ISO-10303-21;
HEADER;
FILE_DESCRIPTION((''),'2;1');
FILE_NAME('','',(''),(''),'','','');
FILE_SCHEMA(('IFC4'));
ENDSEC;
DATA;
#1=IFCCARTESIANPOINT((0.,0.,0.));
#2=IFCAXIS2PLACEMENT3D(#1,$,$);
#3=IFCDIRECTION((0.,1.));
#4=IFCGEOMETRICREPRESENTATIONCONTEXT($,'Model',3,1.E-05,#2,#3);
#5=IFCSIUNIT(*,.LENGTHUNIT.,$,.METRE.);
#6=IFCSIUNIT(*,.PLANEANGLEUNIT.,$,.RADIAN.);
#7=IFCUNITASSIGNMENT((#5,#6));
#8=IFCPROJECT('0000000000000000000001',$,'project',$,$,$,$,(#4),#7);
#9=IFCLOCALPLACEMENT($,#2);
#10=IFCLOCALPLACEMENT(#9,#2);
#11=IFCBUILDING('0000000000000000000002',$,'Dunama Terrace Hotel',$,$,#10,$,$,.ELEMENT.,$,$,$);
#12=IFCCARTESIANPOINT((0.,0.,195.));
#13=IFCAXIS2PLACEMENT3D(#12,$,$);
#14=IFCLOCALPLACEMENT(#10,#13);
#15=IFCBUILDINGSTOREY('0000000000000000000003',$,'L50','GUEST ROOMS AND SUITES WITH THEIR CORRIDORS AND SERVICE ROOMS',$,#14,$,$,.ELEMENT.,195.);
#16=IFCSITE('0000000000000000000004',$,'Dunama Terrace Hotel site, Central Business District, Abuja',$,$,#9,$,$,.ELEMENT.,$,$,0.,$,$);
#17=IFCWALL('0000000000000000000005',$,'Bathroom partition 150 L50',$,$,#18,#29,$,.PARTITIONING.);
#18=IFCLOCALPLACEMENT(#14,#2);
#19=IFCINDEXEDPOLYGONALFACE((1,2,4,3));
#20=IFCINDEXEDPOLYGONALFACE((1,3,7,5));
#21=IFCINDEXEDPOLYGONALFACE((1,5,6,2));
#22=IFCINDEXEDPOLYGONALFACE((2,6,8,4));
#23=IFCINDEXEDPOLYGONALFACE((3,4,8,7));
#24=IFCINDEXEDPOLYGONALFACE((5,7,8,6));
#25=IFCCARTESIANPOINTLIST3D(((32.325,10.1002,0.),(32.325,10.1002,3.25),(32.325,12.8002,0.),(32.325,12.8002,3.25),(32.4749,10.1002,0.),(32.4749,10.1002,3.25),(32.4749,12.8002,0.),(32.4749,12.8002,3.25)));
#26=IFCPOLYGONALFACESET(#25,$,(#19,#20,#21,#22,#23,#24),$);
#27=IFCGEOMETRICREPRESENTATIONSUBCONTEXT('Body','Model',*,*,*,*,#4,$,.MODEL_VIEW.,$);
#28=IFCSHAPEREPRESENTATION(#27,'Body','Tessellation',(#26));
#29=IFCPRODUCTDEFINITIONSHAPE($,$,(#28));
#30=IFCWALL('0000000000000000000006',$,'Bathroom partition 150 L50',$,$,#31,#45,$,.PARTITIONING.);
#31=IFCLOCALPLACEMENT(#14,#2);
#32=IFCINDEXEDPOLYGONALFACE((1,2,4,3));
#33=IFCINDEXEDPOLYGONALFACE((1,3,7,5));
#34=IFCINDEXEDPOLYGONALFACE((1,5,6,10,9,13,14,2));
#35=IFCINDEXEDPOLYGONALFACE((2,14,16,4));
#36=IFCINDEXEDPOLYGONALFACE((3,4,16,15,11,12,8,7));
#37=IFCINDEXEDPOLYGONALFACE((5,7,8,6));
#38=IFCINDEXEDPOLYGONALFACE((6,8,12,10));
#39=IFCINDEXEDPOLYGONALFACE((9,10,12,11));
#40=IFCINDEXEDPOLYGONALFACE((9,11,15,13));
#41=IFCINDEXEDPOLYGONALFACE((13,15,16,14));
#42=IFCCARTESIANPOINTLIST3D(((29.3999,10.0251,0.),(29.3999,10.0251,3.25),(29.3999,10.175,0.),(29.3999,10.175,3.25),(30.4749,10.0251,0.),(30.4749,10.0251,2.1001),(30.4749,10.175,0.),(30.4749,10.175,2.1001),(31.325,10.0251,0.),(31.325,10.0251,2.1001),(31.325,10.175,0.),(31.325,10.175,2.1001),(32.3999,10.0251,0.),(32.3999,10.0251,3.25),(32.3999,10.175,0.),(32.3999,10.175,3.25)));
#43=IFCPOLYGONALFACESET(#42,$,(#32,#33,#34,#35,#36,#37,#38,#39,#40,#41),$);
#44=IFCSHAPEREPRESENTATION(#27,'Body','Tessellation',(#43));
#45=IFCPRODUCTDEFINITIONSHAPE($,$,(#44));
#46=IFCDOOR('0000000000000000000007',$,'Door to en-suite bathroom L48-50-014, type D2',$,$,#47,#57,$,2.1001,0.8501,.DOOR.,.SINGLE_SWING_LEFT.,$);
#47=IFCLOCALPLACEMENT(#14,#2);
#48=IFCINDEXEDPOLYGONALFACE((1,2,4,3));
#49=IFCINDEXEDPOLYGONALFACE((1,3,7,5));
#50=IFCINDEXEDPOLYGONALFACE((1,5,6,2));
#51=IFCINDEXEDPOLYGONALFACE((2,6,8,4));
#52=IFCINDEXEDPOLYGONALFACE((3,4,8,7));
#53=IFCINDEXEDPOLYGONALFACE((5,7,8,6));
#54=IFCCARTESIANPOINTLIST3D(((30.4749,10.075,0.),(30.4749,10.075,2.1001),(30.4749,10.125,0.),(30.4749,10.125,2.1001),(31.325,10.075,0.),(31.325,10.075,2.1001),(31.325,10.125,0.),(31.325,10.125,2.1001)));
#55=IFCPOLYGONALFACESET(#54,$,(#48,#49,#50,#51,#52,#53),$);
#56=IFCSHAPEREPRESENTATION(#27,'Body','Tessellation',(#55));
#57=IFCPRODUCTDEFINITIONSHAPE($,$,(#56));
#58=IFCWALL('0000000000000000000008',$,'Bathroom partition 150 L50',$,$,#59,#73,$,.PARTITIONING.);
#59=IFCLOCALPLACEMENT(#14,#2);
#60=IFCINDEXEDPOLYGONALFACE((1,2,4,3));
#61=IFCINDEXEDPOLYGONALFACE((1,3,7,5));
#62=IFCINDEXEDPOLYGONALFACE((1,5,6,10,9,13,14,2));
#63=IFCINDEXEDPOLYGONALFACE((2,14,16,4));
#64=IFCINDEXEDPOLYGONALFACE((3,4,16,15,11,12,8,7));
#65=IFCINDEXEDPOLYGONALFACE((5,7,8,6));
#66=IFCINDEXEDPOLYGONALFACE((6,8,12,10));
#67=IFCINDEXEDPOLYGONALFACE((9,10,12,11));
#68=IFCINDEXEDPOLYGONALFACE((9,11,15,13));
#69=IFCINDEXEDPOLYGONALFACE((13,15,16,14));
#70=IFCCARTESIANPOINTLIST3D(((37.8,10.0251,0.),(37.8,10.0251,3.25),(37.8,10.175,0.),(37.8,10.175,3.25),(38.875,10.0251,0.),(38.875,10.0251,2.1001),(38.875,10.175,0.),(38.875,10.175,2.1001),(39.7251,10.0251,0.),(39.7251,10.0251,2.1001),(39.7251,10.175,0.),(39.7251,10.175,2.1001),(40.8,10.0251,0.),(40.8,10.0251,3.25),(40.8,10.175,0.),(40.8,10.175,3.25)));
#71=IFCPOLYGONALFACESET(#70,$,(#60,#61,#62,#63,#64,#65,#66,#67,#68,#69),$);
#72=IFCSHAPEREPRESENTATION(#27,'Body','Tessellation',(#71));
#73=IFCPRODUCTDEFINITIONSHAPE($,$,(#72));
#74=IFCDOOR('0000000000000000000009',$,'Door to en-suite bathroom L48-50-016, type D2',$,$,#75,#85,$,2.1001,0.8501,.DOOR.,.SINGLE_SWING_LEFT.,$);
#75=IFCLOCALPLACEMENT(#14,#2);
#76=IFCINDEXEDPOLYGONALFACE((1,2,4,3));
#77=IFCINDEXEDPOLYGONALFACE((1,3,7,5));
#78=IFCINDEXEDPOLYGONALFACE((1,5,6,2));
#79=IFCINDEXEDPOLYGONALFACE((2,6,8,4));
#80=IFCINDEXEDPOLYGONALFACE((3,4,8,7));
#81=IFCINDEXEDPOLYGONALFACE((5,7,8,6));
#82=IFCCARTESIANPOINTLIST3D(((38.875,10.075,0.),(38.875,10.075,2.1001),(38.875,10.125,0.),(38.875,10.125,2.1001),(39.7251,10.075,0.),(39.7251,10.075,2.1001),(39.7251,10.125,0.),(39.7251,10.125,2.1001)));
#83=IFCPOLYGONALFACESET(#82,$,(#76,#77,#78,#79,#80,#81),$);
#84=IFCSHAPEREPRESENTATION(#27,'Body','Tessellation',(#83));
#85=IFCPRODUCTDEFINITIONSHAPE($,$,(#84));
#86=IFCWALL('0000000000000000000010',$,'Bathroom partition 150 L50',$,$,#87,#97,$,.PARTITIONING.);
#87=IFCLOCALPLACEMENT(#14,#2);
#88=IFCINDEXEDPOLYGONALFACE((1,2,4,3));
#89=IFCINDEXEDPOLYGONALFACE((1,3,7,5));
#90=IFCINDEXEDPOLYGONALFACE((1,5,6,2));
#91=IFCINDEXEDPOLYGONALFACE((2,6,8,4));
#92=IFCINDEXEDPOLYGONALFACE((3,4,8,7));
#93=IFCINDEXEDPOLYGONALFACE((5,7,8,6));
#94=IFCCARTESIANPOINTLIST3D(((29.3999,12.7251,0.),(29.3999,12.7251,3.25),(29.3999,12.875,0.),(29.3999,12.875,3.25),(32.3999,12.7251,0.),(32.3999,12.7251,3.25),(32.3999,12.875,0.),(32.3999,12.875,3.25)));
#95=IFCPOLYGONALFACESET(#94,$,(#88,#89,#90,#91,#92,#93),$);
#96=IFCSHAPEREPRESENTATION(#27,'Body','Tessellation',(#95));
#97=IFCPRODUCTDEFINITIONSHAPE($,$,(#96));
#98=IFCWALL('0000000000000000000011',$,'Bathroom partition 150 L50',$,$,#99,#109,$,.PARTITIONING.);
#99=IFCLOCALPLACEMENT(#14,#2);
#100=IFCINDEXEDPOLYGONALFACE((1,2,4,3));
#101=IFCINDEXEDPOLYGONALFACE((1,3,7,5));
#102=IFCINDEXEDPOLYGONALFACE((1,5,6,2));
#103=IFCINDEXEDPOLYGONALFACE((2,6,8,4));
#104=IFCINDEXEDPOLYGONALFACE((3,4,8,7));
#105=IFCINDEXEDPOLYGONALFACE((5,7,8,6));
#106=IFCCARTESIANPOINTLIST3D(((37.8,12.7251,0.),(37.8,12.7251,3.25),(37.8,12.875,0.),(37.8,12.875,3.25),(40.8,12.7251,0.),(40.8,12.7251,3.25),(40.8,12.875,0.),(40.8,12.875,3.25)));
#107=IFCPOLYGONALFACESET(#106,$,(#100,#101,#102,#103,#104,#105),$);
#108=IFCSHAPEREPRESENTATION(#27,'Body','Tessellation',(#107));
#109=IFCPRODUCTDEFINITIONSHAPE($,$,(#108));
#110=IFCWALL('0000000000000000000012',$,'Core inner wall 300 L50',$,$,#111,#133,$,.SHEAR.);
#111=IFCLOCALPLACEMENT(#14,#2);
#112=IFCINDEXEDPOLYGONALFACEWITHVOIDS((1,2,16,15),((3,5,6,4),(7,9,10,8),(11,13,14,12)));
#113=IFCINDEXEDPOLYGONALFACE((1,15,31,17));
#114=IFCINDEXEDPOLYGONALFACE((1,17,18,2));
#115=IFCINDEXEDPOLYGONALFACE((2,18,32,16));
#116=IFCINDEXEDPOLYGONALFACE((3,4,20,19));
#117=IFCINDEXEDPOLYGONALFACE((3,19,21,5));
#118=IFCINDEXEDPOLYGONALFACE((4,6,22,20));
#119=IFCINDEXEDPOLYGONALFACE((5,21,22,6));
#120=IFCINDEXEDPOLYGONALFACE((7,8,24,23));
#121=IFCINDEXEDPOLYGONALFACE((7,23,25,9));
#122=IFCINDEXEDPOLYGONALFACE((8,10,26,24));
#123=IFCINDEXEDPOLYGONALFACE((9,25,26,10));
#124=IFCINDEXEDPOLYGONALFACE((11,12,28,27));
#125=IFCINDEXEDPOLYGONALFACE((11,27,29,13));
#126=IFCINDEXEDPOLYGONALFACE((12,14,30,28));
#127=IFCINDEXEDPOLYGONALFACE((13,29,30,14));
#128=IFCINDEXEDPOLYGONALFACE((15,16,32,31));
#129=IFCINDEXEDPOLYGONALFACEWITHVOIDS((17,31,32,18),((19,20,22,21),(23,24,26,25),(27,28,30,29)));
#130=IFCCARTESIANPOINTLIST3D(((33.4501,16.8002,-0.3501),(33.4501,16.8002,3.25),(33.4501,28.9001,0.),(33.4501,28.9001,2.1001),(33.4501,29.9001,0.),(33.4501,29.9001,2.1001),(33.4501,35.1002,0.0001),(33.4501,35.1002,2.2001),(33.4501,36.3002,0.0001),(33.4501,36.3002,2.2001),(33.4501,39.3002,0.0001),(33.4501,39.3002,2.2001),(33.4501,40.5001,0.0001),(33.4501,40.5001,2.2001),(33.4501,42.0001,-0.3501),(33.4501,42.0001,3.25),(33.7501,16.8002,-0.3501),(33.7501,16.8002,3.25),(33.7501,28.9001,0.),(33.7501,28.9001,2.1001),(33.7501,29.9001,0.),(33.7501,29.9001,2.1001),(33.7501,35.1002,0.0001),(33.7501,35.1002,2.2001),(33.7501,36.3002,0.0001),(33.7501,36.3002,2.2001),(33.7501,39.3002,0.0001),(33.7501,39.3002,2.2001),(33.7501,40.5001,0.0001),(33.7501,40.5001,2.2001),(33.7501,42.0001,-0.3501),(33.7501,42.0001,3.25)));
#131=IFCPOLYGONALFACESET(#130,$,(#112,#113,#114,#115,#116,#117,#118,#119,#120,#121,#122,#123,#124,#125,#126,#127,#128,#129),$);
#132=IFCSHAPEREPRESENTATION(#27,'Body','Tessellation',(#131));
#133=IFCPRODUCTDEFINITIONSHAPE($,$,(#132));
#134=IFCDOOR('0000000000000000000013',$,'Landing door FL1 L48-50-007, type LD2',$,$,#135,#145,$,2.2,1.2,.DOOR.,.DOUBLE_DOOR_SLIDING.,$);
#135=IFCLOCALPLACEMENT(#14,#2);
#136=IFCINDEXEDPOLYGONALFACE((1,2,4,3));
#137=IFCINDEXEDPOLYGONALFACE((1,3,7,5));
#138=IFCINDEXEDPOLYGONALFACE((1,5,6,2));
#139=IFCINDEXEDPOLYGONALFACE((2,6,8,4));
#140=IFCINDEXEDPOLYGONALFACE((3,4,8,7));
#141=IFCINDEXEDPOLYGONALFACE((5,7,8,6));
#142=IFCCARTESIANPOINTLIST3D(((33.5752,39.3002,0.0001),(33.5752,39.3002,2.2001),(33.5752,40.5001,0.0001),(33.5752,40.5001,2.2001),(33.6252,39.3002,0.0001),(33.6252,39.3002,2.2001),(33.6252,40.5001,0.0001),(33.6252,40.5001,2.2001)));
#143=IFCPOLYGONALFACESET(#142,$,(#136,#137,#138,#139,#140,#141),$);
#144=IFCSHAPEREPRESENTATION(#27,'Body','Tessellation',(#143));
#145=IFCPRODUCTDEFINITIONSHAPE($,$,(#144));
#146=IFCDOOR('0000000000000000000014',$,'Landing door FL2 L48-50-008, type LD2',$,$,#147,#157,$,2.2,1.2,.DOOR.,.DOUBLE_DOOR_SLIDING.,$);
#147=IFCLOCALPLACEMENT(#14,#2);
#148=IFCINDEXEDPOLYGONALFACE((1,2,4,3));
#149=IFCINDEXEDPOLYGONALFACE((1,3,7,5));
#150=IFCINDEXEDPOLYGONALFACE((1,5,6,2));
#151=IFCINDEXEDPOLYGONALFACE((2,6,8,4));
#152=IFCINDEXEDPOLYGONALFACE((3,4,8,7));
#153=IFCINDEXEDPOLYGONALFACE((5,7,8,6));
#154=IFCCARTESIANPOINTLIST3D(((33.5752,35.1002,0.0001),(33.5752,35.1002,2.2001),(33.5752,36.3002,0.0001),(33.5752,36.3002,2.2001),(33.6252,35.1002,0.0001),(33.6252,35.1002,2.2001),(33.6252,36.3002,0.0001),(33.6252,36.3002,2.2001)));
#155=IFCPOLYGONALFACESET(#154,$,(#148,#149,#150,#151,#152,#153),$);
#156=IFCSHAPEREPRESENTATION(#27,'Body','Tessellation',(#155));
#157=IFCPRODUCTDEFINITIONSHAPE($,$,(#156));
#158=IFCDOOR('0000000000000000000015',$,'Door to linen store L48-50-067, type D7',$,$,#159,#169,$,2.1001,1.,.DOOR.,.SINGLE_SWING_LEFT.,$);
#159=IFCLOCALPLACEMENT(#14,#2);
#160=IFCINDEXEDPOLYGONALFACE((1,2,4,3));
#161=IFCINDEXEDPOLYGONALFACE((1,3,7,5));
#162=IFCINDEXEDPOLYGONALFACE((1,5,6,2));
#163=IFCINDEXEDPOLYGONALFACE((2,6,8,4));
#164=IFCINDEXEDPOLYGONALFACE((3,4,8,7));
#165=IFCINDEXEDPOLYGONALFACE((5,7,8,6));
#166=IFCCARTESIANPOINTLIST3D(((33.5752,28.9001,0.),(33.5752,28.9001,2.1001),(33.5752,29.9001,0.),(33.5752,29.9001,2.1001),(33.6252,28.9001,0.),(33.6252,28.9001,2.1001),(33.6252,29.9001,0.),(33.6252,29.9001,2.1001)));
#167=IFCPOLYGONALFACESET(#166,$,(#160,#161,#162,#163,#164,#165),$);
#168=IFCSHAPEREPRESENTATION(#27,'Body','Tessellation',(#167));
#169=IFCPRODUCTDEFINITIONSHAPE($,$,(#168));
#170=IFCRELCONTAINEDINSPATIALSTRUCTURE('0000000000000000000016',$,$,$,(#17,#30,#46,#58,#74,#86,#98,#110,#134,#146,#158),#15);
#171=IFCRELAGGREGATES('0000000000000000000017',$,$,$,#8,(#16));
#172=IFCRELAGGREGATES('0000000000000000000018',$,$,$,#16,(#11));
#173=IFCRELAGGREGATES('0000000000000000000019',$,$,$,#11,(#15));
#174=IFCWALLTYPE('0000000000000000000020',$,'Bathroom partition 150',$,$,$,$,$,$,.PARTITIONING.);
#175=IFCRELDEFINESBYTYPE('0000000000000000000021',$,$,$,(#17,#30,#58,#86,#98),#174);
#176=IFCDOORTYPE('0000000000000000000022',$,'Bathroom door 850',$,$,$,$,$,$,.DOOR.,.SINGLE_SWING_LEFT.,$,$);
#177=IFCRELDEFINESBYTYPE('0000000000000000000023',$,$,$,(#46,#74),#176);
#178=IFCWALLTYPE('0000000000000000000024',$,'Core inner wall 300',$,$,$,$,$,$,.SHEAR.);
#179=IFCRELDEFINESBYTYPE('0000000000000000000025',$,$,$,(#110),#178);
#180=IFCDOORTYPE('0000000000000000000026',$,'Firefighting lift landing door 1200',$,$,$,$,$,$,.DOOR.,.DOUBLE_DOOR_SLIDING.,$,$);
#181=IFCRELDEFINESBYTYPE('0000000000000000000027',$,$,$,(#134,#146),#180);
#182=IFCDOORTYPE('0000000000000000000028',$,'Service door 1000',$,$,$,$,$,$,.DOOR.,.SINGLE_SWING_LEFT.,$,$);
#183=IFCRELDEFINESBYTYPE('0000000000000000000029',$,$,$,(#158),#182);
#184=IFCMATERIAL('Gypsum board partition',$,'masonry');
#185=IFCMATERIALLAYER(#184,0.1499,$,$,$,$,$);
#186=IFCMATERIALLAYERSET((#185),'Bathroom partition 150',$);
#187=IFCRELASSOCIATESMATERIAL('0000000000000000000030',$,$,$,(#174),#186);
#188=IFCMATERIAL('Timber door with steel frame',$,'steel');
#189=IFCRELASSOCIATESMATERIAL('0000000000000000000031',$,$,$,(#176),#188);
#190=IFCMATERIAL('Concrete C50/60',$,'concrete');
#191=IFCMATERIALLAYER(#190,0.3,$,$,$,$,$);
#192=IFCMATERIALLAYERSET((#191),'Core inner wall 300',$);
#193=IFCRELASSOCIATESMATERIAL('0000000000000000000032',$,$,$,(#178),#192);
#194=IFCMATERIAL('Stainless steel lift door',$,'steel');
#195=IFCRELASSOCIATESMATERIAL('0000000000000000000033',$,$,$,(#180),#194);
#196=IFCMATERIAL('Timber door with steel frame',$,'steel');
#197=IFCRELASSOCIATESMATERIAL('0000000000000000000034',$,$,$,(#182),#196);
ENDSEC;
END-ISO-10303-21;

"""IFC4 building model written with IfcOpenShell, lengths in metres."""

from ifc_helpers import new_model, si_unit, direction, frame, frame_2d, origin, place, context, subcontext, project, spatial, rectangle, extrude, material, layer, layer_set, type_object, element, fill, save


model = new_model("IFC4")

# Units and contexts
model_context = context("Model", 3, precision=1e-05, world=origin(), true_north=direction((0.0, 1.0)))
body_context = subcontext(model_context, "Body", "Model", "MODEL_VIEW")
ifc_project = project(units=[si_unit("LENGTHUNIT", "METRE"), si_unit("PLANEANGLEUNIT", "RADIAN")], contexts=[model_context])

# Site, building, storey
site_placement = place(None, origin())
site = spatial("IfcSite", under=ifc_project, at=site_placement, Name="Dunama Terrace Hotel site, Central Business District, Abuja", CompositionType="ELEMENT", RefElevation=0.0)
building_placement = place(site_placement, origin())
building = spatial("IfcBuilding", under=site, at=building_placement, Name="Dunama Terrace Hotel", CompositionType="ELEMENT")
storey_placement = place(building_placement, frame((0.0, 0.0, 195.0)))
storey = spatial("IfcBuildingStorey", under=building, at=storey_placement, Name="L50", Description="GUEST ROOMS AND SUITES WITH THEIR CORRIDORS AND SERVICE ROOMS", CompositionType="ELEMENT", Elevation=195.0)

# Wall
ifc_material_1 = material(Name="Gypsum board partition", Category="masonry")
ifc_layer_1 = layer(ifc_material_1, 0.1499)
ifc_layer_set_1 = layer_set([ifc_layer_1], Name="Bathroom partition 150")
wall_type_1 = type_object("IfcWallType", Name="Bathroom partition 150", PredefinedType="PARTITIONING", material=ifc_layer_set_1)
wall_1_placement = place(storey_placement, frame((32.3999, 10.1001, 0.0), z_axis=(0.0, 0.0, 1.0), x_axis=(0.0, 1.0, 0.0)))
element("IfcWall", 1, at=wall_1_placement, inside=storey, type_object=wall_type_1, Name="Bathroom partition 150 L50", PredefinedType="PARTITIONING", context=body_context, shape_type="SweptSolid", body=[
    extrude(rectangle(XDim=2.7, YDim=0.1499, at=frame_2d((1.3501, 0.0))), origin(), (0.0, 0.0, 1.0), 3.25),
])

# Walls, openings, doors
wall_2_placement = place(storey_placement, frame((29.3999, 10.1001, 0.0), z_axis=(0.0, 0.0, 1.0), x_axis=(1.0, 0.0, 0.0)))
wall_2 = element("IfcWall", 2, at=wall_2_placement, inside=storey, type_object=wall_type_1, Name="Bathroom partition 150 L50", PredefinedType="PARTITIONING", context=body_context, shape_type="SweptSolid", body=[
    extrude(rectangle(XDim=3.0, YDim=0.1499, at=frame_2d((1.5, 0.0))), origin(), (0.0, 0.0, 1.0), 3.25),
])
opening_1_placement = place(wall_2_placement, frame((1.075, 0.0, 0.0)))
opening_1 = element("IfcOpeningElement", 3, at=opening_1_placement, cuts=wall_2, PredefinedType="OPENING", context=body_context, shape_type="SweptSolid", body=[
    extrude(rectangle(XDim=0.8501, YDim=2.1001, at=frame_2d((0.425, 1.05))), frame((0.0, 0.085, 0.0), z_axis=(0.0, -1.0, 0.0), x_axis=(1.0, 0.0, 0.0)), (0.0, 0.0, 1.0), 0.1699),
])
ifc_material_2 = material(Name="Timber door with steel frame", Category="steel")
door_type_1 = type_object("IfcDoorType", Name="Bathroom door 850", OperationType="SINGLE_SWING_LEFT", PredefinedType="DOOR", material=ifc_material_2)
door_1_placement = place(opening_1_placement, origin())
door_1 = element("IfcDoor", 4, at=door_1_placement, inside=storey, type_object=door_type_1, Name="Door to en-suite bathroom L48-50-014, type D2", OperationType="SINGLE_SWING_LEFT", OverallHeight=2.1001, OverallWidth=0.8501, PredefinedType="DOOR", context=body_context, shape_type="SweptSolid", body=[
    extrude(rectangle(XDim=0.8501, YDim=2.1001, at=frame_2d((0.425, 1.05))), frame((0.0, 0.0249, 0.0), z_axis=(0.0, -1.0, 0.0), x_axis=(1.0, 0.0, 0.0)), (0.0, 0.0, 1.0), 0.05),
])
fill(opening_1, door_1)
wall_3_placement = place(storey_placement, frame((37.8, 10.1001, 0.0), z_axis=(0.0, 0.0, 1.0), x_axis=(1.0, 0.0, 0.0)))
wall_3 = element("IfcWall", 5, at=wall_3_placement, inside=storey, type_object=wall_type_1, Name="Bathroom partition 150 L50", PredefinedType="PARTITIONING", context=body_context, shape_type="SweptSolid", body=[
    extrude(rectangle(XDim=3.0, YDim=0.1499, at=frame_2d((1.5, 0.0))), origin(), (0.0, 0.0, 1.0), 3.25),
])
opening_2_placement = place(wall_3_placement, frame((1.075, 0.0, 0.0)))
opening_2 = element("IfcOpeningElement", 6, at=opening_2_placement, cuts=wall_3, PredefinedType="OPENING", context=body_context, shape_type="SweptSolid", body=[
    extrude(rectangle(XDim=0.8501, YDim=2.1001, at=frame_2d((0.425, 1.05))), frame((0.0, 0.085, 0.0), z_axis=(0.0, -1.0, 0.0), x_axis=(1.0, 0.0, 0.0)), (0.0, 0.0, 1.0), 0.1699),
])
door_2_placement = place(opening_2_placement, origin())
door_2 = element("IfcDoor", 7, at=door_2_placement, inside=storey, type_object=door_type_1, Name="Door to en-suite bathroom L48-50-016, type D2", OperationType="SINGLE_SWING_LEFT", OverallHeight=2.1001, OverallWidth=0.8501, PredefinedType="DOOR", context=body_context, shape_type="SweptSolid", body=[
    extrude(rectangle(XDim=0.8501, YDim=2.1001, at=frame_2d((0.425, 1.05))), frame((0.0, 0.0249, 0.0), z_axis=(0.0, -1.0, 0.0), x_axis=(1.0, 0.0, 0.0)), (0.0, 0.0, 1.0), 0.05),
])
fill(opening_2, door_2)

# Walls
for number, where, z_axis, x_axis, name in (
    (8, (29.3999, 12.8, 0.0), (0.0, 0.0, 1.0), (1.0, 0.0, 0.0), "Bathroom partition 150 L50"),
    (9, (37.8, 12.8, 0.0), (0.0, 0.0, 1.0), (1.0, 0.0, 0.0), "Bathroom partition 150 L50"),
):
    element("IfcWall", number, at=place(storey_placement, frame(where, z_axis=z_axis, x_axis=x_axis)), inside=storey, type_object=wall_type_1, Name=name, PredefinedType="PARTITIONING", context=body_context, shape_type="SweptSolid", body=[
        extrude(rectangle(XDim=3.0, YDim=0.1499, at=frame_2d((1.5, 0.0))), origin(), (0.0, 0.0, 1.0), 3.25),
    ])

# Wall, openings, doors
ifc_material_3 = material(Name="Concrete C50/60", Category="concrete")
ifc_layer_2 = layer(ifc_material_3, 0.3)
ifc_layer_set_2 = layer_set([ifc_layer_2], Name="Core inner wall 300")
wall_type_2 = type_object("IfcWallType", Name="Core inner wall 300", PredefinedType="SHEAR", material=ifc_layer_set_2)
wall_4_placement = place(storey_placement, frame((33.6001, 16.8, -0.3501), z_axis=(0.0, 0.0, 1.0), x_axis=(0.0, 1.0, 0.0)))
wall_4 = element("IfcWall", 10, at=wall_4_placement, inside=storey, type_object=wall_type_2, Name="Core inner wall 300 L50", PredefinedType="SHEAR", context=body_context, shape_type="SweptSolid", body=[
    extrude(rectangle(XDim=25.2, YDim=0.3, at=frame_2d((12.6001, 0.0))), origin(), (0.0, 0.0, 1.0), 3.6001),
])
opening_3_placement = place(wall_4_placement, frame((22.5, 0.0, 0.3501)))
opening_3 = element("IfcOpeningElement", 11, at=opening_3_placement, cuts=wall_4, PredefinedType="OPENING", context=body_context, shape_type="SweptSolid", body=[
    extrude(rectangle(XDim=1.2, YDim=2.2, at=frame_2d((0.6001, 1.1001))), frame((0.0, 0.1599, 0.0), z_axis=(0.0, -1.0, 0.0), x_axis=(1.0, 0.0, 0.0)), (0.0, 0.0, 1.0), 0.3201),
])
opening_4_placement = place(wall_4_placement, frame((18.3, 0.0, 0.3501)))
opening_4 = element("IfcOpeningElement", 12, at=opening_4_placement, cuts=wall_4, PredefinedType="OPENING", context=body_context, shape_type="SweptSolid", body=[
    extrude(rectangle(XDim=1.2, YDim=2.2, at=frame_2d((0.6001, 1.1001))), frame((0.0, 0.1599, 0.0), z_axis=(0.0, -1.0, 0.0), x_axis=(1.0, 0.0, 0.0)), (0.0, 0.0, 1.0), 0.3201),
])
opening_5_placement = place(wall_4_placement, frame((12.1001, 0.0, 0.3501)))
opening_5 = element("IfcOpeningElement", 13, at=opening_5_placement, cuts=wall_4, PredefinedType="OPENING", context=body_context, shape_type="SweptSolid", body=[
    extrude(rectangle(XDim=1.0, YDim=2.1001, at=frame_2d((0.5, 1.05))), frame((0.0, 0.1599, 0.0), z_axis=(0.0, -1.0, 0.0), x_axis=(1.0, 0.0, 0.0)), (0.0, 0.0, 1.0), 0.3201),
])
ifc_material_4 = material(Name="Stainless steel lift door", Category="steel")
door_type_2 = type_object("IfcDoorType", Name="Firefighting lift landing door 1200", OperationType="DOUBLE_DOOR_SLIDING", PredefinedType="DOOR", material=ifc_material_4)
door_3_placement = place(opening_3_placement, origin())
door_3 = element("IfcDoor", 14, at=door_3_placement, inside=storey, type_object=door_type_2, Name="Landing door FL1 L48-50-007, type LD2", OperationType="DOUBLE_DOOR_SLIDING", OverallHeight=2.2, OverallWidth=1.2, PredefinedType="DOOR", context=body_context, shape_type="SweptSolid", body=[
    extrude(rectangle(XDim=1.2, YDim=2.2, at=frame_2d((0.6001, 1.1001))), frame((0.0, 0.0249, 0.0), z_axis=(0.0, -1.0, 0.0), x_axis=(1.0, 0.0, 0.0)), (0.0, 0.0, 1.0), 0.05),
])
fill(opening_3, door_3)
door_4_placement = place(opening_4_placement, origin())
door_4 = element("IfcDoor", 15, at=door_4_placement, inside=storey, type_object=door_type_2, Name="Landing door FL2 L48-50-008, type LD2", OperationType="DOUBLE_DOOR_SLIDING", OverallHeight=2.2, OverallWidth=1.2, PredefinedType="DOOR", context=body_context, shape_type="SweptSolid", body=[
    extrude(rectangle(XDim=1.2, YDim=2.2, at=frame_2d((0.6001, 1.1001))), frame((0.0, 0.0249, 0.0), z_axis=(0.0, -1.0, 0.0), x_axis=(1.0, 0.0, 0.0)), (0.0, 0.0, 1.0), 0.05),
])
fill(opening_4, door_4)
ifc_material_5 = material(Name="Timber door with steel frame", Category="steel")
door_type_3 = type_object("IfcDoorType", Name="Service door 1000", OperationType="SINGLE_SWING_LEFT", PredefinedType="DOOR", material=ifc_material_5)
door_5_placement = place(opening_5_placement, origin())
door_5 = element("IfcDoor", 16, at=door_5_placement, inside=storey, type_object=door_type_3, Name="Door to linen store L48-50-067, type D7", OperationType="SINGLE_SWING_LEFT", OverallHeight=2.1001, OverallWidth=1.0, PredefinedType="DOOR", context=body_context, shape_type="SweptSolid", body=[
    extrude(rectangle(XDim=1.0, YDim=2.1001, at=frame_2d((0.5, 1.05))), frame((0.0, 0.0249, 0.0), z_axis=(0.0, -1.0, 0.0), x_axis=(1.0, 0.0, 0.0)), (0.0, 0.0, 1.0), 0.05),
])
fill(opening_5, door_5)

save(model, "model.ifc")
